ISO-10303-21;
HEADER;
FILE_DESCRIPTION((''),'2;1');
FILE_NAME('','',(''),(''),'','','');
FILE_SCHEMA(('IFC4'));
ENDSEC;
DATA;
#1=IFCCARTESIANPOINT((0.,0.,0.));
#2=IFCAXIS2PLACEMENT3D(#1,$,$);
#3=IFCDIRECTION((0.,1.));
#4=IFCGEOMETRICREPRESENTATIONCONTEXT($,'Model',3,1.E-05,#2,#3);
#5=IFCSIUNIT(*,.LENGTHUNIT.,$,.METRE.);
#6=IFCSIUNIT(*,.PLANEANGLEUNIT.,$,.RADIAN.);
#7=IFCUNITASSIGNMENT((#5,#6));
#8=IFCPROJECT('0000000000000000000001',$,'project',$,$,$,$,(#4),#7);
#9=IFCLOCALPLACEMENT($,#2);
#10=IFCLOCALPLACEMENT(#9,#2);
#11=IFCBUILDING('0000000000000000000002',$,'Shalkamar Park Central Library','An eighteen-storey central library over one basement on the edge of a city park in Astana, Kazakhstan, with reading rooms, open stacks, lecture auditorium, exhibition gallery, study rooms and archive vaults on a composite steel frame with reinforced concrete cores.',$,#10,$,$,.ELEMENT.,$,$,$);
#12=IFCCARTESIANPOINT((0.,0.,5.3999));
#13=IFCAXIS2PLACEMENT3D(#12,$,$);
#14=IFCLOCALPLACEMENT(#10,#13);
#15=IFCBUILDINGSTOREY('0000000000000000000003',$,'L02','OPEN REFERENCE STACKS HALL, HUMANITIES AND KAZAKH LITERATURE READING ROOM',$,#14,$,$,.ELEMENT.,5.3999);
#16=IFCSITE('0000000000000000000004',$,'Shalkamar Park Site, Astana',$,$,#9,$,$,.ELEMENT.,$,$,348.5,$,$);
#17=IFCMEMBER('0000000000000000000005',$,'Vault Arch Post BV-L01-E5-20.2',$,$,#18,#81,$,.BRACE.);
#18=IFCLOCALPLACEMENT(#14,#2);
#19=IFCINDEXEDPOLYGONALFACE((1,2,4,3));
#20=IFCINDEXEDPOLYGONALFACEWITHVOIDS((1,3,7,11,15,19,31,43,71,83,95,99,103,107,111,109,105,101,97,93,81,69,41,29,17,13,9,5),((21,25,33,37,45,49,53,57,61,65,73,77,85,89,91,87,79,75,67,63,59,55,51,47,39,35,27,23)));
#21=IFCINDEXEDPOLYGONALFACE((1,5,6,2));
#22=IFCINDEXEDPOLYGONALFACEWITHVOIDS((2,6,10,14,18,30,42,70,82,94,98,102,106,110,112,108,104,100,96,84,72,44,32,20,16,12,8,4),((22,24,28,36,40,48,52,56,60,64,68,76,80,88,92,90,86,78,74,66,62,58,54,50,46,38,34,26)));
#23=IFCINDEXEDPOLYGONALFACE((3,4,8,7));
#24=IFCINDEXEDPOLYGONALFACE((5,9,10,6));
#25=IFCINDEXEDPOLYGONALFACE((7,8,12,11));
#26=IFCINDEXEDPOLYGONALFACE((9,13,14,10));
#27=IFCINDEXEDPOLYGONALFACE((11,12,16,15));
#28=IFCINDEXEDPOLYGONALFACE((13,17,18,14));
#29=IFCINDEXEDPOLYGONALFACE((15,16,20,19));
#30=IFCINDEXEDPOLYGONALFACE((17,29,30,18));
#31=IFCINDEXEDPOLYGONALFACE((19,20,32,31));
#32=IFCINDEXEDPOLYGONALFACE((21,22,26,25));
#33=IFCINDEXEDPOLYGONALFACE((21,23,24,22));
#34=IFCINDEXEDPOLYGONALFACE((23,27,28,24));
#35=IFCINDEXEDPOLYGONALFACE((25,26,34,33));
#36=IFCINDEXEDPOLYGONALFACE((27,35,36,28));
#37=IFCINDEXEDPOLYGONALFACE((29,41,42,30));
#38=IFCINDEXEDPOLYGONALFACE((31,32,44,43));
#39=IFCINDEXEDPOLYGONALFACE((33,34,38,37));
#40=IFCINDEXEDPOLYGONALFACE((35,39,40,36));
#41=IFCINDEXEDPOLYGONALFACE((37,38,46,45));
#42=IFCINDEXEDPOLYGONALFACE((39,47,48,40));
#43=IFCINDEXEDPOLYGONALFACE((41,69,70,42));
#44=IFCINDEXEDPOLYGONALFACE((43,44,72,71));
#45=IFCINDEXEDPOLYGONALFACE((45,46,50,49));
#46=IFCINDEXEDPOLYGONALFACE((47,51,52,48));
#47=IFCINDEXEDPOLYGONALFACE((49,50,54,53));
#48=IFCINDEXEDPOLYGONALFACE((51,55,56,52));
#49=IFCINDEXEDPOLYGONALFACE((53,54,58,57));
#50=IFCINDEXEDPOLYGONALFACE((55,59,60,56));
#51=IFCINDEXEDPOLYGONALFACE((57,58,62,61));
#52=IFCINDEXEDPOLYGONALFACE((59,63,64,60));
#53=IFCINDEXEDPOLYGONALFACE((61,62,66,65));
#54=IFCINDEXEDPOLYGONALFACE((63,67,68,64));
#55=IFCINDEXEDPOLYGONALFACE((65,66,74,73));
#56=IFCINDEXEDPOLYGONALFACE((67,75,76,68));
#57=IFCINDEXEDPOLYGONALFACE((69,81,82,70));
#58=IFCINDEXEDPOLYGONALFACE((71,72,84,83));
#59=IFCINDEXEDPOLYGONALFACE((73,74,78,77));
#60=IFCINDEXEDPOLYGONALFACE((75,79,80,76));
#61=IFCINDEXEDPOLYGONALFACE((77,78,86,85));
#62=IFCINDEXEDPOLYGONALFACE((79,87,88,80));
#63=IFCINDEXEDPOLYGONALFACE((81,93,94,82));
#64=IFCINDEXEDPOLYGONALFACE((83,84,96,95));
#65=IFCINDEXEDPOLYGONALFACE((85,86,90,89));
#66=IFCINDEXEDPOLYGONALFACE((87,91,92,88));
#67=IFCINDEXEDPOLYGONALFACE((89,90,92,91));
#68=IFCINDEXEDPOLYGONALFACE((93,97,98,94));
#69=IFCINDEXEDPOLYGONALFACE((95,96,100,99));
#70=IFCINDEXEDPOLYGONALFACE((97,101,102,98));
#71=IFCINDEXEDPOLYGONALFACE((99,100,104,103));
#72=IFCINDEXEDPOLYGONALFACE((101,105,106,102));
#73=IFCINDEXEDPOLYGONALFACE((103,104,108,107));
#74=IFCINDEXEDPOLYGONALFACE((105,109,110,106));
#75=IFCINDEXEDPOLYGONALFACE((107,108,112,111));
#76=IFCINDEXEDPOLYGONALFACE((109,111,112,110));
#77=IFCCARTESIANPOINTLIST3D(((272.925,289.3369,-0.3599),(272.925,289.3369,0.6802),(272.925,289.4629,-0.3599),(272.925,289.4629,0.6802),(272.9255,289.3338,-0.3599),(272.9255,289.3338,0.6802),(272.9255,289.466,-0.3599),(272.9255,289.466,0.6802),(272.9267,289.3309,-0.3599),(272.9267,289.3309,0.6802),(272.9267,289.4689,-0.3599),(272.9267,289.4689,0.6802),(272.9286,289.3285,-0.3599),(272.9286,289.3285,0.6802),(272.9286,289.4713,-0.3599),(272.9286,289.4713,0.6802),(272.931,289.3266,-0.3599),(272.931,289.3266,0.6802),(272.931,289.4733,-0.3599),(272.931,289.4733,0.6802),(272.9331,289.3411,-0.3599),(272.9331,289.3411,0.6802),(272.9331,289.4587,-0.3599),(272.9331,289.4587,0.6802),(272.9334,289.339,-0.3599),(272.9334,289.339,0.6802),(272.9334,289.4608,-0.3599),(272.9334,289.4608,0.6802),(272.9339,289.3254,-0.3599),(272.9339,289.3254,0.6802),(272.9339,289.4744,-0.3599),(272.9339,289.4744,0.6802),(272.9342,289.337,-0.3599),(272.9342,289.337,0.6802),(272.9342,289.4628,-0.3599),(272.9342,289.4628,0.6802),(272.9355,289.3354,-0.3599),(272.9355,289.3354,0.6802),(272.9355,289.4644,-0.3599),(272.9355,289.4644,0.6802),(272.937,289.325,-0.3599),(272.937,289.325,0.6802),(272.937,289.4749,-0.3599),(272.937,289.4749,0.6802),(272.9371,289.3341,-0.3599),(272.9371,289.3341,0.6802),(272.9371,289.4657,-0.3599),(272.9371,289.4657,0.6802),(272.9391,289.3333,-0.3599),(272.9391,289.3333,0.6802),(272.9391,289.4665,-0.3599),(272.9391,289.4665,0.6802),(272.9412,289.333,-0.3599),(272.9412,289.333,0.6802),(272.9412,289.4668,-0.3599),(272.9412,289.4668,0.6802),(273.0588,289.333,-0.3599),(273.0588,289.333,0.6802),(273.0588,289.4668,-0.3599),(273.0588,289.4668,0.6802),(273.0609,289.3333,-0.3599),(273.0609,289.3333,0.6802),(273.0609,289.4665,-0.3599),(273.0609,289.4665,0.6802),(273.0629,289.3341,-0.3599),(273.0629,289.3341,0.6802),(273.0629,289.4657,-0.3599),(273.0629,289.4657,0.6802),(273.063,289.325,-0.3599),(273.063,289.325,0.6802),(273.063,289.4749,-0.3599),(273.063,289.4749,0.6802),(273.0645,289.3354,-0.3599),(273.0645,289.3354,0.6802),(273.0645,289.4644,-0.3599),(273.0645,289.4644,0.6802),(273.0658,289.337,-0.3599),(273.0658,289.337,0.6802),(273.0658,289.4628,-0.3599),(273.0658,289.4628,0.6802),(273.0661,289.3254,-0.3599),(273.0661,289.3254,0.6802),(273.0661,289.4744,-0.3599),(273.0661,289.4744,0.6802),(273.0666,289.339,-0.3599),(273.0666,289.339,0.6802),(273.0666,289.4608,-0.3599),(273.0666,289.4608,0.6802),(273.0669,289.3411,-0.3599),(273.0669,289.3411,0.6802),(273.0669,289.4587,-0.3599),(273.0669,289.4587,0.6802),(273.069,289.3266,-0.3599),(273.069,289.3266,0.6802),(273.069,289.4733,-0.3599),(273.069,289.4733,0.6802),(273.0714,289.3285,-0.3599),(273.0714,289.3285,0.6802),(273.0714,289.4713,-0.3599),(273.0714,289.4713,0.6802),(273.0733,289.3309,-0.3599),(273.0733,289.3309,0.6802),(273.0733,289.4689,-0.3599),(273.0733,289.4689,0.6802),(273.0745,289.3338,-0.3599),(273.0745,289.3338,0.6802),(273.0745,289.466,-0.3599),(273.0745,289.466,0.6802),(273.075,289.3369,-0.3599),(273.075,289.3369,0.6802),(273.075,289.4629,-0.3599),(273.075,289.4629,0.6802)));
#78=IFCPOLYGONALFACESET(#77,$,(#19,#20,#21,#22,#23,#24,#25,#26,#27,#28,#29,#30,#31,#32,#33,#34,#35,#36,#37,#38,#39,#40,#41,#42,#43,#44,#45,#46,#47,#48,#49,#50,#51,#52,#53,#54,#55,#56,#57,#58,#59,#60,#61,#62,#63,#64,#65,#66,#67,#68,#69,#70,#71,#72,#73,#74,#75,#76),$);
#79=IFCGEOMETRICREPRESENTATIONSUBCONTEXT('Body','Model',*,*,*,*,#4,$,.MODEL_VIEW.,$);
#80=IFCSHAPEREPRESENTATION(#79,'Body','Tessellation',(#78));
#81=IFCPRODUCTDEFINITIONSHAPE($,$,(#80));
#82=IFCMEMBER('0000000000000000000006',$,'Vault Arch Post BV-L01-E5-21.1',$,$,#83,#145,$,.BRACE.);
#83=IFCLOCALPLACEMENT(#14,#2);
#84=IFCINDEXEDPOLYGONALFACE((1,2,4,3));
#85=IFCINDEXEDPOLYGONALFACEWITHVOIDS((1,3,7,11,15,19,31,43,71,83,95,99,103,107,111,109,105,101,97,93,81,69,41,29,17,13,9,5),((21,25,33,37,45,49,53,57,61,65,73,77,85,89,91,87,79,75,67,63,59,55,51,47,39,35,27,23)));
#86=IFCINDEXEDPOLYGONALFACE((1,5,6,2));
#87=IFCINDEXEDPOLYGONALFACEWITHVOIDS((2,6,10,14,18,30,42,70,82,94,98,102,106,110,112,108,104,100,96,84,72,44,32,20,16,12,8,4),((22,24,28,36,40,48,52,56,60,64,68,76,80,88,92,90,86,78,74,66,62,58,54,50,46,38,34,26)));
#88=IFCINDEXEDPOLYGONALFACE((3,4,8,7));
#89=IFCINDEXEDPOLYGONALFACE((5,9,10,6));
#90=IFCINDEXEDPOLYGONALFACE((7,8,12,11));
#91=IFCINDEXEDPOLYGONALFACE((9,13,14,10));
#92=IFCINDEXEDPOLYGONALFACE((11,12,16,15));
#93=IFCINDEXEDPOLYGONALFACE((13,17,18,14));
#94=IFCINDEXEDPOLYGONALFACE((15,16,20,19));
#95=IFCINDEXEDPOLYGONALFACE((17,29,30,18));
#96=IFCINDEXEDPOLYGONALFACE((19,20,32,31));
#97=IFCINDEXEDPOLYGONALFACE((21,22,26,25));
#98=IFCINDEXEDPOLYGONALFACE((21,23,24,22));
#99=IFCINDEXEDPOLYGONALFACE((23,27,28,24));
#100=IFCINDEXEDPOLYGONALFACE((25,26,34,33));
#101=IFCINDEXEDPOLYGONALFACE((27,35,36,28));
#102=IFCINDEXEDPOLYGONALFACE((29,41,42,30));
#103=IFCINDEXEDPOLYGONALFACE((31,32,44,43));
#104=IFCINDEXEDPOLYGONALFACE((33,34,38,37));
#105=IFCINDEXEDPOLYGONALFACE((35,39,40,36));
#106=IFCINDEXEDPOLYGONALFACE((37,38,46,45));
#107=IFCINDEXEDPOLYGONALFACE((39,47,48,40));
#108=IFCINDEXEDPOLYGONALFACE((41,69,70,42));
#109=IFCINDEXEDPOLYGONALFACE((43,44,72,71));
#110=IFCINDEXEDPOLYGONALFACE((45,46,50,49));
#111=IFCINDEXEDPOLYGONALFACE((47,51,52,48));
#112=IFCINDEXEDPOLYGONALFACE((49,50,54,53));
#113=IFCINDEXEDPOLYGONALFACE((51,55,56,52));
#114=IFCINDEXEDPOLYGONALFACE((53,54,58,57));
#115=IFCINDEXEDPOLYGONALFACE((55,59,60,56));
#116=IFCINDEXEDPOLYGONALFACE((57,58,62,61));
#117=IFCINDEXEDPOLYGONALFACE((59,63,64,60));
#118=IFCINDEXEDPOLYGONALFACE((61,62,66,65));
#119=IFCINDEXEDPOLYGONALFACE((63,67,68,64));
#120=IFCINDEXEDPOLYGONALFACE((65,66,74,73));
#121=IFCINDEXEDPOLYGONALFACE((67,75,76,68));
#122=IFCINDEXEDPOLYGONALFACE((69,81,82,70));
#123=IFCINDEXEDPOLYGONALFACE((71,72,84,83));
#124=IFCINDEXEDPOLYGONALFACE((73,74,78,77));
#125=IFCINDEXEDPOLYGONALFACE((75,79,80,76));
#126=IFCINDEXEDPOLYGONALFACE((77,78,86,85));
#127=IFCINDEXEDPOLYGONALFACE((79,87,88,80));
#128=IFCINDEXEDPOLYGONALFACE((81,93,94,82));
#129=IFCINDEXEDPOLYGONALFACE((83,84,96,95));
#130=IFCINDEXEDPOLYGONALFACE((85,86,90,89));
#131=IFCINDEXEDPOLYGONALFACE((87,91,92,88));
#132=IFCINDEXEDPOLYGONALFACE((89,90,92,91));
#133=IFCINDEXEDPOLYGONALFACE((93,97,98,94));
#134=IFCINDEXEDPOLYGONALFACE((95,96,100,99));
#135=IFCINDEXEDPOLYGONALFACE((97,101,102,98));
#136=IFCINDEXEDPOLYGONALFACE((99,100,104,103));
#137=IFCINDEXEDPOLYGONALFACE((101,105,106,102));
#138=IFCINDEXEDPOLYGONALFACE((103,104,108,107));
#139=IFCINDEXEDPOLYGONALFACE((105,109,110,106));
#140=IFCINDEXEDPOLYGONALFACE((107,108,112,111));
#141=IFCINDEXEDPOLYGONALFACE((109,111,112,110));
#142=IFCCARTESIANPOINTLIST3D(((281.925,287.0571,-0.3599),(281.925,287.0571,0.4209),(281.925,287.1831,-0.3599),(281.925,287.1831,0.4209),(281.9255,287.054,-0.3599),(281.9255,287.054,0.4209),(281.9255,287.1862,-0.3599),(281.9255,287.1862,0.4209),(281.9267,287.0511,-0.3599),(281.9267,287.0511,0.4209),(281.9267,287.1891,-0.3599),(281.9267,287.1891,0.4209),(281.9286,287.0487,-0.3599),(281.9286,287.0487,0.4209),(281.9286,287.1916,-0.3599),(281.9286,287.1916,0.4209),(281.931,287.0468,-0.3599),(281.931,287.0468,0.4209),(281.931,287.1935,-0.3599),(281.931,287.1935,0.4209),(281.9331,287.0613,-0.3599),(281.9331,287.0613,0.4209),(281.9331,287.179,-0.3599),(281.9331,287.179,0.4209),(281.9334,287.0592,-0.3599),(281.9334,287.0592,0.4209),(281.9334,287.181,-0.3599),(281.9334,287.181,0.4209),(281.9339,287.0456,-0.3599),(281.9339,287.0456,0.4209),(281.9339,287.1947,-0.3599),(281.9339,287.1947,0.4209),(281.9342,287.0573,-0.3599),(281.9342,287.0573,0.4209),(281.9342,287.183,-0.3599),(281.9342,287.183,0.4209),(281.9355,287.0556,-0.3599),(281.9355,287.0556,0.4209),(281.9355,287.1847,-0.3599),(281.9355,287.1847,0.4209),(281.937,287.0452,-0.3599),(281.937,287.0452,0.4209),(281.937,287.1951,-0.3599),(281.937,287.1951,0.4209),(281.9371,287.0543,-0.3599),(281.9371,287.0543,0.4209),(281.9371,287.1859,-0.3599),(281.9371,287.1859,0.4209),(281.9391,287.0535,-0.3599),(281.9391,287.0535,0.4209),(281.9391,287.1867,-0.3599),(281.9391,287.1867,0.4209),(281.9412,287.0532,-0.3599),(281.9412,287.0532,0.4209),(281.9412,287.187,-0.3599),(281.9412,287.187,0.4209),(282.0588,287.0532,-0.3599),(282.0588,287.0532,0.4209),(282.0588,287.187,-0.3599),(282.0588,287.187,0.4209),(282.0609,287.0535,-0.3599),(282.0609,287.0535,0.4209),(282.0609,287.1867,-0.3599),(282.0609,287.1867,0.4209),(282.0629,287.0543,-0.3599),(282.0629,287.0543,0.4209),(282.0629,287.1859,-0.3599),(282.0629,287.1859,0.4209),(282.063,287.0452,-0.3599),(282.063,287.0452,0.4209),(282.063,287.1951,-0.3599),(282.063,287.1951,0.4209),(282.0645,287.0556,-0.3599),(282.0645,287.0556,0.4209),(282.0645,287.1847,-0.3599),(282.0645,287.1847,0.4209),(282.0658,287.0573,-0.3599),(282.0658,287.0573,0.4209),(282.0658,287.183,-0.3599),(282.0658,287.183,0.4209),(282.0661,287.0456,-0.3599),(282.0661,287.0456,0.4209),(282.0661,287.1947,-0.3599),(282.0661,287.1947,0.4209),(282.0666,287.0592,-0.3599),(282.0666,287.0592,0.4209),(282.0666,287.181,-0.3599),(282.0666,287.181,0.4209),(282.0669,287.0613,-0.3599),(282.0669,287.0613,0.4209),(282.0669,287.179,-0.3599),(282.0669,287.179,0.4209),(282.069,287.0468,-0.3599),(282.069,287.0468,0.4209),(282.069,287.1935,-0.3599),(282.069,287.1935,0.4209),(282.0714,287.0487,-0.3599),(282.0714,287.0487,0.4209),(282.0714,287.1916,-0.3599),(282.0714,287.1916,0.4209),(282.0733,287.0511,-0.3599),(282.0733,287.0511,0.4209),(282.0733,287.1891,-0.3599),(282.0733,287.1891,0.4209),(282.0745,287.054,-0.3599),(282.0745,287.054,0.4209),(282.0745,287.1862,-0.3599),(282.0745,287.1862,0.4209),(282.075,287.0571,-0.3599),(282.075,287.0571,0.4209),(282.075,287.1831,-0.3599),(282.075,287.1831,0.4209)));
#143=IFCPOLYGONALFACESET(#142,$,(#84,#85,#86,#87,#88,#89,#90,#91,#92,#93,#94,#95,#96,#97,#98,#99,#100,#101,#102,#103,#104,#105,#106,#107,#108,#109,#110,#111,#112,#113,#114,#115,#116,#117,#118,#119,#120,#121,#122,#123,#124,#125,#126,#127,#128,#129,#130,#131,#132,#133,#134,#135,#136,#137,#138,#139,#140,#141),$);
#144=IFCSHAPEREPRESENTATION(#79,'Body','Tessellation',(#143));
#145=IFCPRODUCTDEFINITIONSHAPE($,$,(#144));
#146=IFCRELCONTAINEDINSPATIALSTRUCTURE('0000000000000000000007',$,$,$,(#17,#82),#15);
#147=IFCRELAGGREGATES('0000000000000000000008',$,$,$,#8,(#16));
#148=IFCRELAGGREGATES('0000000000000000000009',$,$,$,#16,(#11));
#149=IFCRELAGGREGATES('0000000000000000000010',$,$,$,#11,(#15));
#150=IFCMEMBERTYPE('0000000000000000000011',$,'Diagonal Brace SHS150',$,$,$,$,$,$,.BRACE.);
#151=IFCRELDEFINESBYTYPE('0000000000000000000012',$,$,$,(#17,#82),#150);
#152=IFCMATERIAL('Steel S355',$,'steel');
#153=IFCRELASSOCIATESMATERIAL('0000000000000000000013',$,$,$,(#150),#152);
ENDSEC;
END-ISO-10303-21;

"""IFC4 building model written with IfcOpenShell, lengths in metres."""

from ifc_helpers import new_model, si_unit, direction, frame, origin, origin_2d, place, context, subcontext, project, spatial, hollow_rectangle, extrude, material, material_profile, profile_set, type_object, element, save


model = new_model("IFC4")

# Units and contexts
model_context = context("Model", 3, precision=1e-05, world=origin(), true_north=direction((0.0, 1.0)))
body_context = subcontext(model_context, "Body", "Model", "MODEL_VIEW")
ifc_project = project(units=[si_unit("LENGTHUNIT", "METRE"), si_unit("PLANEANGLEUNIT", "RADIAN")], contexts=[model_context])

# Site, building, storey
site_placement = place(None, origin())
site = spatial("IfcSite", under=ifc_project, at=site_placement, Name="Shalkamar Park Site, Astana", CompositionType="ELEMENT", RefElevation=348.5)
building_placement = place(site_placement, origin())
building = spatial("IfcBuilding", under=site, at=building_placement, Name="Shalkamar Park Central Library", Description="An eighteen-storey central library over one basement on the edge of a city park in Astana, Kazakhstan, with reading rooms, open stacks, lecture auditorium, exhibition gallery, study rooms and archive vaults on a composite steel frame with reinforced concrete cores.", CompositionType="ELEMENT")
storey_placement = place(building_placement, frame((0.0, 0.0, 5.3999)))
storey = spatial("IfcBuildingStorey", under=building, at=storey_placement, Name="L02", Description="OPEN REFERENCE STACKS HALL, HUMANITIES AND KAZAKH LITERATURE READING ROOM", CompositionType="ELEMENT", Elevation=5.3999)

# Shared definitions
ifc_material_1 = material(Name="Steel S355", Category="steel")

# Members
ifc_material_profile_1 = material_profile(ifc_material_1, hollow_rectangle(XDim=0.1499, YDim=0.1499, WallThickness=0.0081, InnerFilletRadius=0.0081, OuterFilletRadius=0.012, at=origin_2d()), Name="SHS 150x150x8")
ifc_profile_set_1 = profile_set([ifc_material_profile_1], Name="Steel S355")
member_type_1 = type_object("IfcMemberType", Name="Diagonal Brace SHS150", PredefinedType="BRACE", material=ifc_profile_set_1)
member_1_placement = place(storey_placement, frame((273.0, 289.3999, -0.3599), z_axis=(0.0, 0.0, 1.0), x_axis=(1.0, 0.0, 0.0)))
element("IfcMember", 1, at=member_1_placement, inside=storey, type_object=member_type_1, Name="Vault Arch Post BV-L01-E5-20.2", PredefinedType="BRACE", context=body_context, shape_type="SweptSolid", body=[
    extrude(hollow_rectangle(XDim=0.1499, YDim=0.1499, WallThickness=0.0081, InnerFilletRadius=0.0081, OuterFilletRadius=0.012, at=origin_2d()), origin(), (0.0, 0.0, 1.0), 1.04),
])
member_2_placement = place(storey_placement, frame((282.0, 287.1201, -0.3599), z_axis=(0.0, 0.0, 1.0), x_axis=(1.0, 0.0, 0.0)))
element("IfcMember", 2, at=member_2_placement, inside=storey, type_object=member_type_1, Name="Vault Arch Post BV-L01-E5-21.1", PredefinedType="BRACE", context=body_context, shape_type="SweptSolid", body=[
    extrude(hollow_rectangle(XDim=0.1499, YDim=0.1499, WallThickness=0.0081, InnerFilletRadius=0.0081, OuterFilletRadius=0.012, at=origin_2d()), origin(), (0.0, 0.0, 1.0), 0.7808),
])

save(model, "model.ifc")
